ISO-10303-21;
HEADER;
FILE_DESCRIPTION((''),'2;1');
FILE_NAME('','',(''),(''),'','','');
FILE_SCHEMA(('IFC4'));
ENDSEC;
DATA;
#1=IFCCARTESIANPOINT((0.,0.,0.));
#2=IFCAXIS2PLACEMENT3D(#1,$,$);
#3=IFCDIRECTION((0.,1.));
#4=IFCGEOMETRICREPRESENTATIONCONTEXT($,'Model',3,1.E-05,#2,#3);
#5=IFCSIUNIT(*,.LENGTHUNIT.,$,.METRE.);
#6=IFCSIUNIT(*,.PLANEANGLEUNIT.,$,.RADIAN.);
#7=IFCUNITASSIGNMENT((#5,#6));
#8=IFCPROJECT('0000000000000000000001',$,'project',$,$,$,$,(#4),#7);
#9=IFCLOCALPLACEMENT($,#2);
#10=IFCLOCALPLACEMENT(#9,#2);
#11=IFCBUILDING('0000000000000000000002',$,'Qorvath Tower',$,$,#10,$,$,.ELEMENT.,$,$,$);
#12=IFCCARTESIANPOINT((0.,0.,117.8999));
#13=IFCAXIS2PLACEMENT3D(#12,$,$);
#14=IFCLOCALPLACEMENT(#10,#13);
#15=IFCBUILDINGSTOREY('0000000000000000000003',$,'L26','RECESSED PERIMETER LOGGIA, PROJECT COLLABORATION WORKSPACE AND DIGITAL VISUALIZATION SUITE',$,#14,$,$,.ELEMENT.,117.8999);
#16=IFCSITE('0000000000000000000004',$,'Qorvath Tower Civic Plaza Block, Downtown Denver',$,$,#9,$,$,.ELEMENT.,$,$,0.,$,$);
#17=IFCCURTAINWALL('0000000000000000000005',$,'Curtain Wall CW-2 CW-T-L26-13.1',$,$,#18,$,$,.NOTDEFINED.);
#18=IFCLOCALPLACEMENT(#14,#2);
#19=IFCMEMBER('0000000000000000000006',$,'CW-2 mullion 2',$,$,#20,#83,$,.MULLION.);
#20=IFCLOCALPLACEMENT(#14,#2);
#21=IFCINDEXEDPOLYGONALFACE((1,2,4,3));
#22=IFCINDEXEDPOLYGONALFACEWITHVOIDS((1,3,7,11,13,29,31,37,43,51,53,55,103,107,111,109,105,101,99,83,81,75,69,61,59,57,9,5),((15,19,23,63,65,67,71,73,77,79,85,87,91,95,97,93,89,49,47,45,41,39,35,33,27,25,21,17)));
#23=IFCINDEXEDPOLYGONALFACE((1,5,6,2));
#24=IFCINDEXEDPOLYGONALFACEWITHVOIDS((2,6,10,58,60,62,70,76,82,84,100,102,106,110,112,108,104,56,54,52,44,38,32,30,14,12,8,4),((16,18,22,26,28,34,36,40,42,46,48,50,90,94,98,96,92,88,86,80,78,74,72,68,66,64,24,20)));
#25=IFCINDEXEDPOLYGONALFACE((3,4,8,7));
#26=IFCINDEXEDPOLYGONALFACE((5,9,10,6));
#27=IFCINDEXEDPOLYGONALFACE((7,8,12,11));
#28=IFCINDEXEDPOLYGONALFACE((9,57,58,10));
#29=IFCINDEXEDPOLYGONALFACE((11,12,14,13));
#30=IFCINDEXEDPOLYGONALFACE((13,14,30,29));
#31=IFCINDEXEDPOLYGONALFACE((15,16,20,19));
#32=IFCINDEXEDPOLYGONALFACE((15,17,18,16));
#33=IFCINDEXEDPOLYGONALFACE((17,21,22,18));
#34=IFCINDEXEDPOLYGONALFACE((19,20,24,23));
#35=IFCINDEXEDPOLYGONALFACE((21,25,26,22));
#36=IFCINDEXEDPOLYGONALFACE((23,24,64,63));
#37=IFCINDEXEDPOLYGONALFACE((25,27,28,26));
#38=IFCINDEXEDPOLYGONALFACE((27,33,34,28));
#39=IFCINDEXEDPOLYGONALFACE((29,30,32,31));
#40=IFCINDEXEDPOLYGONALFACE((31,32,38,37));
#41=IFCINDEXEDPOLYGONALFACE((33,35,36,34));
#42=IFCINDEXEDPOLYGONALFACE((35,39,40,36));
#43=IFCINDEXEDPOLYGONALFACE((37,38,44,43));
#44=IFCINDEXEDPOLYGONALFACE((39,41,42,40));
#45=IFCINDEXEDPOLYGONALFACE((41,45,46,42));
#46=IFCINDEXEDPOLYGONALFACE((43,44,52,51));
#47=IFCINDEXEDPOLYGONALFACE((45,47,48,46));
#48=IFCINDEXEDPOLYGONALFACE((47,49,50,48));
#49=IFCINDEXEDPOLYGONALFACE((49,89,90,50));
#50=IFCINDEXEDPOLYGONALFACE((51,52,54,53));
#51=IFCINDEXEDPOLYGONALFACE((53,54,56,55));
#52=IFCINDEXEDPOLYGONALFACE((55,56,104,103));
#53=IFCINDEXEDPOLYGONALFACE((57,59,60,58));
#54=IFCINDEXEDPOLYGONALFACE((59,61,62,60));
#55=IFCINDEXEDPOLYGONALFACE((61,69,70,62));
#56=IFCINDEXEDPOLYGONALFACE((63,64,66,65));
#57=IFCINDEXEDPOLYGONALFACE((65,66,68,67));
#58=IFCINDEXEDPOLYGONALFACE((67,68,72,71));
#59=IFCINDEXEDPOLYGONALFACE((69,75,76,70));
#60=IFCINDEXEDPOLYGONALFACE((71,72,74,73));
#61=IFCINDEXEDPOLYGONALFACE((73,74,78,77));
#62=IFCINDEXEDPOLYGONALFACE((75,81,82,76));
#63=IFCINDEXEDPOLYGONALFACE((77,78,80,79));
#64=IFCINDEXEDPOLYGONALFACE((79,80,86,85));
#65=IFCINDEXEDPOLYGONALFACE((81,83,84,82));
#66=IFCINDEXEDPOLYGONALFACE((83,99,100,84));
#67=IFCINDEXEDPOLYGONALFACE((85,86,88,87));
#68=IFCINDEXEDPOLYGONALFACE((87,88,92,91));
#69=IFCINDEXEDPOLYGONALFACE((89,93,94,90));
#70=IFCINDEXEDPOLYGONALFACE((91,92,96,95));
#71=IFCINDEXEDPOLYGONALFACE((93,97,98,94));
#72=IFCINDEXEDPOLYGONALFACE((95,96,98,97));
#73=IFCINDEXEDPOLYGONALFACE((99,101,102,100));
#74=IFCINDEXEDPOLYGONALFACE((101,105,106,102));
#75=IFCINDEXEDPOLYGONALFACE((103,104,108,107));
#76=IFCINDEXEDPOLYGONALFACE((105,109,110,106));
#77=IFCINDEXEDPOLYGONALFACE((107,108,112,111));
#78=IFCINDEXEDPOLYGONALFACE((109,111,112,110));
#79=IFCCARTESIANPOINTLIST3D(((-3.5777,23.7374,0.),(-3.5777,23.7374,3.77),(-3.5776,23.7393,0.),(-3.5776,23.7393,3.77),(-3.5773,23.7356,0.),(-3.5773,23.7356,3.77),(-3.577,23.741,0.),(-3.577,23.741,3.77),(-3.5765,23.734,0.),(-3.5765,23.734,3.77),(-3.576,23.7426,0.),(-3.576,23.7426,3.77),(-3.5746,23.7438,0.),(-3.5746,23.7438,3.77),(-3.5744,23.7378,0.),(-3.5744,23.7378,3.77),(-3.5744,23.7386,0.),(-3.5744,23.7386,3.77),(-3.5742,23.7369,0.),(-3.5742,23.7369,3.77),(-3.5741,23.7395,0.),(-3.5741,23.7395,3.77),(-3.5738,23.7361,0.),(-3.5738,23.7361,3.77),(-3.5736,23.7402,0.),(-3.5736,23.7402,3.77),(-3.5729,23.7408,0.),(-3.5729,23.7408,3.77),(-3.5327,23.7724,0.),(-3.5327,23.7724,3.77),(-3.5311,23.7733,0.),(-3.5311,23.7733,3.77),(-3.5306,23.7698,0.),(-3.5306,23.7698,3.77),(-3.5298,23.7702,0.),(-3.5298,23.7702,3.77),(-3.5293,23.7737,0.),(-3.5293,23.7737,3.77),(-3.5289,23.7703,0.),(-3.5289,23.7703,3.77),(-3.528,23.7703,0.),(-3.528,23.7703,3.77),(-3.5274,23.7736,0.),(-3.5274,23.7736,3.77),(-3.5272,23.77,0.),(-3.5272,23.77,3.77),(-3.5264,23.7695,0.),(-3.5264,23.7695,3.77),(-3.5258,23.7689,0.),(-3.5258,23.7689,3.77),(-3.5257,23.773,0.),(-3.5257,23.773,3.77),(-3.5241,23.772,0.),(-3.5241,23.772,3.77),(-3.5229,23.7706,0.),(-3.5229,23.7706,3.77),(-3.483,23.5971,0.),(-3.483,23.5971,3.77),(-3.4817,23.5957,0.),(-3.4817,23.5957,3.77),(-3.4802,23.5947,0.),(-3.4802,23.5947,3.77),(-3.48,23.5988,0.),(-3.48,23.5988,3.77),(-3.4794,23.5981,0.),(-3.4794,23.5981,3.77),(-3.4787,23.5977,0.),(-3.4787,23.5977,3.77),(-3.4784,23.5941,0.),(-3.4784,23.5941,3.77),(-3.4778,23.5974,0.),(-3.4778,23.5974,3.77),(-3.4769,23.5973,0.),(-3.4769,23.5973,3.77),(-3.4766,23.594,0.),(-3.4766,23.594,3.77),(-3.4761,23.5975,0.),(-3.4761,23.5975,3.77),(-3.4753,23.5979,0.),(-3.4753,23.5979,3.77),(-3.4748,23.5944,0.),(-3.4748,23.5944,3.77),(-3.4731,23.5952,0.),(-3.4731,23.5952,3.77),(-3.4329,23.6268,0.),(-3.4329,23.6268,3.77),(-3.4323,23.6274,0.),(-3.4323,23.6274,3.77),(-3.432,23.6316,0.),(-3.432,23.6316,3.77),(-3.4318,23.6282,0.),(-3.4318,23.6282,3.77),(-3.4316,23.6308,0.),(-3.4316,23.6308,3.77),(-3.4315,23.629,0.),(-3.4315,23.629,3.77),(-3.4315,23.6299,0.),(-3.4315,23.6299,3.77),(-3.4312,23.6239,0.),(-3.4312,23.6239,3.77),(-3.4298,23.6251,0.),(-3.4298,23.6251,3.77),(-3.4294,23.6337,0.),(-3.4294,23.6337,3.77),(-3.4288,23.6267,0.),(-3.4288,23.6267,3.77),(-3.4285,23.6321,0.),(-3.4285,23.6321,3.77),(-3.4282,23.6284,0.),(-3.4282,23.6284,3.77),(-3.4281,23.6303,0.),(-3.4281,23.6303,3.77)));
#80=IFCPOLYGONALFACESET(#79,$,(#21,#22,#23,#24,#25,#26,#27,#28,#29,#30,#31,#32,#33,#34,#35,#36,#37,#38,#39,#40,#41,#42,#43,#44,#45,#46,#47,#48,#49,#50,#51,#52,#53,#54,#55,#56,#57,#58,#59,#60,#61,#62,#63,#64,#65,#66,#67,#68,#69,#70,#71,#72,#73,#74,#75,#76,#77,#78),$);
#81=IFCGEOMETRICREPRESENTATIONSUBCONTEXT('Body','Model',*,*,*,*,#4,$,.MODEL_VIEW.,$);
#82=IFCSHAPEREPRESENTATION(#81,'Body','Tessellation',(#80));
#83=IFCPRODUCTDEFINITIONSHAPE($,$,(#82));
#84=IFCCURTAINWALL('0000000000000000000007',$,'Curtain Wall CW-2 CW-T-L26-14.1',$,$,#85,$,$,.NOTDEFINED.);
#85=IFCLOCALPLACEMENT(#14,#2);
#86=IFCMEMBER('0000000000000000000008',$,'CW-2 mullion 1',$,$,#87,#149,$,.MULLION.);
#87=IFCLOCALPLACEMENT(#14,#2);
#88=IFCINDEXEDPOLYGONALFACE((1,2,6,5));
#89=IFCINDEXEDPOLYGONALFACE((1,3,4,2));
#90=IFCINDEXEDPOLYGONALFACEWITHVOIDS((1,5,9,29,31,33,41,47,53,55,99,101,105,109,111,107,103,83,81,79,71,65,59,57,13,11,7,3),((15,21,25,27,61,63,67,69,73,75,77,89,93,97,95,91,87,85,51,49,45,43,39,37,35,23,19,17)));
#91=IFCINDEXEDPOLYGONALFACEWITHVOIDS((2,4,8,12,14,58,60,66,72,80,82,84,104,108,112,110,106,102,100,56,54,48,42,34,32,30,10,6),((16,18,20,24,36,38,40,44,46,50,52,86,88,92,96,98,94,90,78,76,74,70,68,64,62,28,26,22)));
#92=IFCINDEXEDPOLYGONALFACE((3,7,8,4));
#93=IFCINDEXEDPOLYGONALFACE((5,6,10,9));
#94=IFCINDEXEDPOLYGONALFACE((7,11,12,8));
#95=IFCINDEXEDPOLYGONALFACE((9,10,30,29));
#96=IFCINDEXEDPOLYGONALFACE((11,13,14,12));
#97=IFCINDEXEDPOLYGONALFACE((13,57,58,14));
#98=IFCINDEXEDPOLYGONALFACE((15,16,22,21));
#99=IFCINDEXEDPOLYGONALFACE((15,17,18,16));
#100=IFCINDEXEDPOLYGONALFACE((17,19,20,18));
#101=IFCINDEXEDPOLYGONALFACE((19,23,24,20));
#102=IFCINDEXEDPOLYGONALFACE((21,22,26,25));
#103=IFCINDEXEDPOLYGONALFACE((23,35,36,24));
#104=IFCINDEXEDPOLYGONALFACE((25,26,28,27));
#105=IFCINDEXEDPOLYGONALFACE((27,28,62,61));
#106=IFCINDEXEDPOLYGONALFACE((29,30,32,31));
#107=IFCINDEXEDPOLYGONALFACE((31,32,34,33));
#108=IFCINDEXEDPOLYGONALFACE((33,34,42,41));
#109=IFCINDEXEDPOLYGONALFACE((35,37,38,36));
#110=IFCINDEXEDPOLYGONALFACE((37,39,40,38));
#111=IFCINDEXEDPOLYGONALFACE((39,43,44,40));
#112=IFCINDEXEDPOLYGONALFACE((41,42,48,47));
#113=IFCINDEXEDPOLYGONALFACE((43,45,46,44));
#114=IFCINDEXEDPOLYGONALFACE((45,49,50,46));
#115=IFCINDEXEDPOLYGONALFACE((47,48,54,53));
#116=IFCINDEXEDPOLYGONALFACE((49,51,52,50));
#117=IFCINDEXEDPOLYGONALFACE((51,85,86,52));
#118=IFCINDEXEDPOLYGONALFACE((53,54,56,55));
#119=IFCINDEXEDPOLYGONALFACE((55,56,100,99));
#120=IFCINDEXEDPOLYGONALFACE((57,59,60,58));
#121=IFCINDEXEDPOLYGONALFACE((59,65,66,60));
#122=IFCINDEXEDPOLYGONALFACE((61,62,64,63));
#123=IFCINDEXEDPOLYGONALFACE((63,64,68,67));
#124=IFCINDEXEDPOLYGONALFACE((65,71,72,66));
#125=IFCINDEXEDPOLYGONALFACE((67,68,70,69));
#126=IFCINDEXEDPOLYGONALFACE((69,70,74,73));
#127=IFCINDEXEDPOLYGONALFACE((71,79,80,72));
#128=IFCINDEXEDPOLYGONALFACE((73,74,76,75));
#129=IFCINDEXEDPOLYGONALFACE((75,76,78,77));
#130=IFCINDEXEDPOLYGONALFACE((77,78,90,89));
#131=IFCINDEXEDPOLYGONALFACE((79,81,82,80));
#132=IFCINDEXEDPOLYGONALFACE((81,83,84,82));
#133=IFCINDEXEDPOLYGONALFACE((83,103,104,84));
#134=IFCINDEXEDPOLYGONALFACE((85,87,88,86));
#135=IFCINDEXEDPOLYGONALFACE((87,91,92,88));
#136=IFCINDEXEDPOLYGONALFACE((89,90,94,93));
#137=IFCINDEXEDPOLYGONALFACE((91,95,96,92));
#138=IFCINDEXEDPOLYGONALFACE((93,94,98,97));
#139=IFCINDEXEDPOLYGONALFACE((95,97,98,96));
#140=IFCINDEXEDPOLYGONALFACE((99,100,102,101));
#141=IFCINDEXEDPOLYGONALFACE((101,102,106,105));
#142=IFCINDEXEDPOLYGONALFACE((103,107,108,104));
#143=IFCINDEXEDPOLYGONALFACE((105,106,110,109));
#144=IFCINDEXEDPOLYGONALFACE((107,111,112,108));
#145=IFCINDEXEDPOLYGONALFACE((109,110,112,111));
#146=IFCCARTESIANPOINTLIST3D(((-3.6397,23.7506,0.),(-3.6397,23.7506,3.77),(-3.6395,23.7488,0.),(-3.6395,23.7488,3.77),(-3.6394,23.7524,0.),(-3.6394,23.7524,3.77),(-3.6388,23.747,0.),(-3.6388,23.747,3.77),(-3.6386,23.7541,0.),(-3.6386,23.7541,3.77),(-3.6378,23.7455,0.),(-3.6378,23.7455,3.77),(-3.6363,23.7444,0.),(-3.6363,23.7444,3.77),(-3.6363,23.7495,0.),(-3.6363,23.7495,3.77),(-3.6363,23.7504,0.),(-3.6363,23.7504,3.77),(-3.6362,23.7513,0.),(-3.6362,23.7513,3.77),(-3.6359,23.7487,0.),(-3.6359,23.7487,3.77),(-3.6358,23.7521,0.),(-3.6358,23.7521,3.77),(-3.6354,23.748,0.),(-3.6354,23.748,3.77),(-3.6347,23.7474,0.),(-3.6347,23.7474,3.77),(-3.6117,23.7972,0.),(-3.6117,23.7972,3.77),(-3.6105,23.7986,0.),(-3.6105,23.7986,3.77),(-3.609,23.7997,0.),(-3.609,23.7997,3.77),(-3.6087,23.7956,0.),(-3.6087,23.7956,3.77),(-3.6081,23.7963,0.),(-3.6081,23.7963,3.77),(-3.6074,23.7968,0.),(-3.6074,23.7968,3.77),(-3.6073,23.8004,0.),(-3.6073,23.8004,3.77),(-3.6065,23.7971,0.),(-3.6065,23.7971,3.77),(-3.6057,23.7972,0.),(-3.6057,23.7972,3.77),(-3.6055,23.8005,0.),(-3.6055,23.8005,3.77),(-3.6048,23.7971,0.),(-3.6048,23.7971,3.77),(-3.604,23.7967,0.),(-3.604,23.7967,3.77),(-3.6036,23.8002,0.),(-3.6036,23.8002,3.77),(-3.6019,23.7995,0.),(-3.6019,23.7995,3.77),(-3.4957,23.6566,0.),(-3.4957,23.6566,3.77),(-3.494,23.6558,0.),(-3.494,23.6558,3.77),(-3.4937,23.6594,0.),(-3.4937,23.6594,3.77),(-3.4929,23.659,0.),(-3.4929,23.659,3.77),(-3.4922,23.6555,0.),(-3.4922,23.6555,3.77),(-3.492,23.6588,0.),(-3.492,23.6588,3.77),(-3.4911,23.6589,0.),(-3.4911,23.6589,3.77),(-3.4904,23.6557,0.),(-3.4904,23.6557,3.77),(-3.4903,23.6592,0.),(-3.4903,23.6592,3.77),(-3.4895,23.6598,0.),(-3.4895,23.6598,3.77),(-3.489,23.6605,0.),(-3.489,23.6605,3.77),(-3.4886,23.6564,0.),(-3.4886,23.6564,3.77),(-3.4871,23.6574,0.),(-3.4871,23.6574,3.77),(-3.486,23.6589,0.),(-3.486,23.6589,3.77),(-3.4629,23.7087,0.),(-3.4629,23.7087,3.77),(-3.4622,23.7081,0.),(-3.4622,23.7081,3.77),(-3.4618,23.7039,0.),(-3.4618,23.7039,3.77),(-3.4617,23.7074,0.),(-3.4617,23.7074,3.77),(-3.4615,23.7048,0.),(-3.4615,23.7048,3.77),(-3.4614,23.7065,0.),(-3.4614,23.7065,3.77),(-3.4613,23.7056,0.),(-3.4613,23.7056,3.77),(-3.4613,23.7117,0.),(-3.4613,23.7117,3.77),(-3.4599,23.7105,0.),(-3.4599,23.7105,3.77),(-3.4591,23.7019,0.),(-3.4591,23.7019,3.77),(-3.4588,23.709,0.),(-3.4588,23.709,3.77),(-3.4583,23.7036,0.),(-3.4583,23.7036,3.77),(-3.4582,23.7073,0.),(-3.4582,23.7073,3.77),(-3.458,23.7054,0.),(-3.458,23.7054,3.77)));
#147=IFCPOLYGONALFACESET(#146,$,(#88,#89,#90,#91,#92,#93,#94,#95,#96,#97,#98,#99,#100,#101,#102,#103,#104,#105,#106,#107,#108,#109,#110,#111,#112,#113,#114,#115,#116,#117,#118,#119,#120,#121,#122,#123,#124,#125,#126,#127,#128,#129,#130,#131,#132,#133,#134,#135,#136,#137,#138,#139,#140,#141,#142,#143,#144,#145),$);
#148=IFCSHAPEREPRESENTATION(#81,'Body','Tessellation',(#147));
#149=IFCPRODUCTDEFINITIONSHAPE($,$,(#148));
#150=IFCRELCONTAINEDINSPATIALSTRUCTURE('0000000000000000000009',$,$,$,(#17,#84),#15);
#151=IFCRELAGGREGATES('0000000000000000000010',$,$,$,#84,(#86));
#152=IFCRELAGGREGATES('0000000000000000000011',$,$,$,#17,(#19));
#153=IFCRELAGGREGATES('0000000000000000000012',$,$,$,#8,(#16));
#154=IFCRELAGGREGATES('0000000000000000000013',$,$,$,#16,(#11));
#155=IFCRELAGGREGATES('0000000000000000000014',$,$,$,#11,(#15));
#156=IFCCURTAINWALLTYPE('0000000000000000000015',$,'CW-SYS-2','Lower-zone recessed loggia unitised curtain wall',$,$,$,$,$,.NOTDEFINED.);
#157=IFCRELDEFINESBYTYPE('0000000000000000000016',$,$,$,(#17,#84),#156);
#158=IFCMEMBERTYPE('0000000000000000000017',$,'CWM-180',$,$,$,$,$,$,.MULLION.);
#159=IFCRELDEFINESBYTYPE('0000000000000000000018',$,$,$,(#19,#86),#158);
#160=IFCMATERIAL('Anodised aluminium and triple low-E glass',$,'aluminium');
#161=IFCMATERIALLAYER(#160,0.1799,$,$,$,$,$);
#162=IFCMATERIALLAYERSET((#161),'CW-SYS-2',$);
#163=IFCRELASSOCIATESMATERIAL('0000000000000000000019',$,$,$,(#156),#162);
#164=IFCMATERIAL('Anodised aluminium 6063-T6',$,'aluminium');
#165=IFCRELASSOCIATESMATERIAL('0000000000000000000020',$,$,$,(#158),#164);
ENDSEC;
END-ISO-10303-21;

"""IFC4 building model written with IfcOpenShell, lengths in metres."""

from ifc_helpers import new_model, si_unit, direction, frame, origin, origin_2d, place, context, subcontext, project, spatial, hollow_rectangle, extrude, material, layer, layer_set, material_profile, profile_set, type_object, element, aggregate, save


model = new_model("IFC4")

# Units and contexts
model_context = context("Model", 3, precision=1e-05, world=origin(), true_north=direction((0.0, 1.0)))
body_context = subcontext(model_context, "Body", "Model", "MODEL_VIEW")
ifc_project = project(units=[si_unit("LENGTHUNIT", "METRE"), si_unit("PLANEANGLEUNIT", "RADIAN")], contexts=[model_context])

# Site, building, storey
site_placement = place(None, origin())
site = spatial("IfcSite", under=ifc_project, at=site_placement, Name="Qorvath Tower Civic Plaza Block, Downtown Denver", CompositionType="ELEMENT", RefElevation=0.0)
building_placement = place(site_placement, origin())
building = spatial("IfcBuilding", under=site, at=building_placement, Name="Qorvath Tower", CompositionType="ELEMENT")
storey_placement = place(building_placement, frame((0.0, 0.0, 117.8999)))
storey = spatial("IfcBuildingStorey", under=building, at=storey_placement, Name="L26", Description="RECESSED PERIMETER LOGGIA, PROJECT COLLABORATION WORKSPACE AND DIGITAL VISUALIZATION SUITE", CompositionType="ELEMENT", Elevation=117.8999)

# Shared definitions
ifc_material_1 = material(Name="Anodised aluminium and triple low-E glass", Category="aluminium")
ifc_layer_1 = layer(ifc_material_1, 0.1799)
ifc_layer_set_1 = layer_set([ifc_layer_1], Name="CW-SYS-2")
curtain_wall_type = type_object("IfcCurtainWallType", Name="CW-SYS-2", Description="Lower-zone recessed loggia unitised curtain wall", PredefinedType="NOTDEFINED", material=ifc_layer_set_1)
ifc_material_2 = material(Name="Anodised aluminium 6063-T6", Category="aluminium")
ifc_material_profile_1 = material_profile(ifc_material_2, hollow_rectangle(XDim=0.0649, YDim=0.1799, WallThickness=0.0034, InnerFilletRadius=0.0034, OuterFilletRadius=0.0071, at=origin_2d()), Name="CWM 180x65")
ifc_profile_set_1 = profile_set([ifc_material_profile_1], Name="Anodised aluminium 6063-T6")
member_type_1 = type_object("IfcMemberType", Name="CWM-180", PredefinedType="MULLION", material=ifc_profile_set_1)

# Curtain wall, member
curtain_wall_1_placement = place(storey_placement, origin())
curtain_wall_1 = element("IfcCurtainWall", 1, at=curtain_wall_1_placement, inside=storey, type_object=curtain_wall_type, Name="Curtain Wall CW-2 CW-T-L26-13.1", PredefinedType="NOTDEFINED")
member_1_placement = place(storey_placement, frame((-3.5029, 23.6838, 0.0), z_axis=(0.0, 0.0, 1.0), x_axis=(-0.825663, -0.564164, 0.0)))
member_1 = element("IfcMember", 2, at=member_1_placement, type_object=member_type_1, Name="CW-2 mullion 2", PredefinedType="MULLION", context=body_context, shape_type="SweptSolid", body=[
    extrude(hollow_rectangle(XDim=0.0649, YDim=0.1799, WallThickness=0.0034, InnerFilletRadius=0.0034, OuterFilletRadius=0.0071, at=origin_2d()), origin(), (0.0, 0.0, 1.0), 3.77),
])

# Curtain wall, member
curtain_wall_2_placement = place(storey_placement, origin())
curtain_wall_2 = element("IfcCurtainWall", 3, at=curtain_wall_2_placement, inside=storey, type_object=curtain_wall_type, Name="Curtain Wall CW-2 CW-T-L26-14.1", PredefinedType="NOTDEFINED")
member_2_placement = place(storey_placement, frame((-3.5488, 23.728, 0.0), z_axis=(0.0, 0.0, 1.0), x_axis=(-0.529503, -0.848308, 0.0)))
member_2 = element("IfcMember", 4, at=member_2_placement, type_object=member_type_1, Name="CW-2 mullion 1", PredefinedType="MULLION", context=body_context, shape_type="SweptSolid", body=[
    extrude(hollow_rectangle(XDim=0.0649, YDim=0.1799, WallThickness=0.0034, InnerFilletRadius=0.0034, OuterFilletRadius=0.0071, at=origin_2d()), origin(), (0.0, 0.0, 1.0), 3.77),
])
aggregate(curtain_wall_2, [member_2])

aggregate(curtain_wall_1, [member_1])

save(model, "model.ifc")
